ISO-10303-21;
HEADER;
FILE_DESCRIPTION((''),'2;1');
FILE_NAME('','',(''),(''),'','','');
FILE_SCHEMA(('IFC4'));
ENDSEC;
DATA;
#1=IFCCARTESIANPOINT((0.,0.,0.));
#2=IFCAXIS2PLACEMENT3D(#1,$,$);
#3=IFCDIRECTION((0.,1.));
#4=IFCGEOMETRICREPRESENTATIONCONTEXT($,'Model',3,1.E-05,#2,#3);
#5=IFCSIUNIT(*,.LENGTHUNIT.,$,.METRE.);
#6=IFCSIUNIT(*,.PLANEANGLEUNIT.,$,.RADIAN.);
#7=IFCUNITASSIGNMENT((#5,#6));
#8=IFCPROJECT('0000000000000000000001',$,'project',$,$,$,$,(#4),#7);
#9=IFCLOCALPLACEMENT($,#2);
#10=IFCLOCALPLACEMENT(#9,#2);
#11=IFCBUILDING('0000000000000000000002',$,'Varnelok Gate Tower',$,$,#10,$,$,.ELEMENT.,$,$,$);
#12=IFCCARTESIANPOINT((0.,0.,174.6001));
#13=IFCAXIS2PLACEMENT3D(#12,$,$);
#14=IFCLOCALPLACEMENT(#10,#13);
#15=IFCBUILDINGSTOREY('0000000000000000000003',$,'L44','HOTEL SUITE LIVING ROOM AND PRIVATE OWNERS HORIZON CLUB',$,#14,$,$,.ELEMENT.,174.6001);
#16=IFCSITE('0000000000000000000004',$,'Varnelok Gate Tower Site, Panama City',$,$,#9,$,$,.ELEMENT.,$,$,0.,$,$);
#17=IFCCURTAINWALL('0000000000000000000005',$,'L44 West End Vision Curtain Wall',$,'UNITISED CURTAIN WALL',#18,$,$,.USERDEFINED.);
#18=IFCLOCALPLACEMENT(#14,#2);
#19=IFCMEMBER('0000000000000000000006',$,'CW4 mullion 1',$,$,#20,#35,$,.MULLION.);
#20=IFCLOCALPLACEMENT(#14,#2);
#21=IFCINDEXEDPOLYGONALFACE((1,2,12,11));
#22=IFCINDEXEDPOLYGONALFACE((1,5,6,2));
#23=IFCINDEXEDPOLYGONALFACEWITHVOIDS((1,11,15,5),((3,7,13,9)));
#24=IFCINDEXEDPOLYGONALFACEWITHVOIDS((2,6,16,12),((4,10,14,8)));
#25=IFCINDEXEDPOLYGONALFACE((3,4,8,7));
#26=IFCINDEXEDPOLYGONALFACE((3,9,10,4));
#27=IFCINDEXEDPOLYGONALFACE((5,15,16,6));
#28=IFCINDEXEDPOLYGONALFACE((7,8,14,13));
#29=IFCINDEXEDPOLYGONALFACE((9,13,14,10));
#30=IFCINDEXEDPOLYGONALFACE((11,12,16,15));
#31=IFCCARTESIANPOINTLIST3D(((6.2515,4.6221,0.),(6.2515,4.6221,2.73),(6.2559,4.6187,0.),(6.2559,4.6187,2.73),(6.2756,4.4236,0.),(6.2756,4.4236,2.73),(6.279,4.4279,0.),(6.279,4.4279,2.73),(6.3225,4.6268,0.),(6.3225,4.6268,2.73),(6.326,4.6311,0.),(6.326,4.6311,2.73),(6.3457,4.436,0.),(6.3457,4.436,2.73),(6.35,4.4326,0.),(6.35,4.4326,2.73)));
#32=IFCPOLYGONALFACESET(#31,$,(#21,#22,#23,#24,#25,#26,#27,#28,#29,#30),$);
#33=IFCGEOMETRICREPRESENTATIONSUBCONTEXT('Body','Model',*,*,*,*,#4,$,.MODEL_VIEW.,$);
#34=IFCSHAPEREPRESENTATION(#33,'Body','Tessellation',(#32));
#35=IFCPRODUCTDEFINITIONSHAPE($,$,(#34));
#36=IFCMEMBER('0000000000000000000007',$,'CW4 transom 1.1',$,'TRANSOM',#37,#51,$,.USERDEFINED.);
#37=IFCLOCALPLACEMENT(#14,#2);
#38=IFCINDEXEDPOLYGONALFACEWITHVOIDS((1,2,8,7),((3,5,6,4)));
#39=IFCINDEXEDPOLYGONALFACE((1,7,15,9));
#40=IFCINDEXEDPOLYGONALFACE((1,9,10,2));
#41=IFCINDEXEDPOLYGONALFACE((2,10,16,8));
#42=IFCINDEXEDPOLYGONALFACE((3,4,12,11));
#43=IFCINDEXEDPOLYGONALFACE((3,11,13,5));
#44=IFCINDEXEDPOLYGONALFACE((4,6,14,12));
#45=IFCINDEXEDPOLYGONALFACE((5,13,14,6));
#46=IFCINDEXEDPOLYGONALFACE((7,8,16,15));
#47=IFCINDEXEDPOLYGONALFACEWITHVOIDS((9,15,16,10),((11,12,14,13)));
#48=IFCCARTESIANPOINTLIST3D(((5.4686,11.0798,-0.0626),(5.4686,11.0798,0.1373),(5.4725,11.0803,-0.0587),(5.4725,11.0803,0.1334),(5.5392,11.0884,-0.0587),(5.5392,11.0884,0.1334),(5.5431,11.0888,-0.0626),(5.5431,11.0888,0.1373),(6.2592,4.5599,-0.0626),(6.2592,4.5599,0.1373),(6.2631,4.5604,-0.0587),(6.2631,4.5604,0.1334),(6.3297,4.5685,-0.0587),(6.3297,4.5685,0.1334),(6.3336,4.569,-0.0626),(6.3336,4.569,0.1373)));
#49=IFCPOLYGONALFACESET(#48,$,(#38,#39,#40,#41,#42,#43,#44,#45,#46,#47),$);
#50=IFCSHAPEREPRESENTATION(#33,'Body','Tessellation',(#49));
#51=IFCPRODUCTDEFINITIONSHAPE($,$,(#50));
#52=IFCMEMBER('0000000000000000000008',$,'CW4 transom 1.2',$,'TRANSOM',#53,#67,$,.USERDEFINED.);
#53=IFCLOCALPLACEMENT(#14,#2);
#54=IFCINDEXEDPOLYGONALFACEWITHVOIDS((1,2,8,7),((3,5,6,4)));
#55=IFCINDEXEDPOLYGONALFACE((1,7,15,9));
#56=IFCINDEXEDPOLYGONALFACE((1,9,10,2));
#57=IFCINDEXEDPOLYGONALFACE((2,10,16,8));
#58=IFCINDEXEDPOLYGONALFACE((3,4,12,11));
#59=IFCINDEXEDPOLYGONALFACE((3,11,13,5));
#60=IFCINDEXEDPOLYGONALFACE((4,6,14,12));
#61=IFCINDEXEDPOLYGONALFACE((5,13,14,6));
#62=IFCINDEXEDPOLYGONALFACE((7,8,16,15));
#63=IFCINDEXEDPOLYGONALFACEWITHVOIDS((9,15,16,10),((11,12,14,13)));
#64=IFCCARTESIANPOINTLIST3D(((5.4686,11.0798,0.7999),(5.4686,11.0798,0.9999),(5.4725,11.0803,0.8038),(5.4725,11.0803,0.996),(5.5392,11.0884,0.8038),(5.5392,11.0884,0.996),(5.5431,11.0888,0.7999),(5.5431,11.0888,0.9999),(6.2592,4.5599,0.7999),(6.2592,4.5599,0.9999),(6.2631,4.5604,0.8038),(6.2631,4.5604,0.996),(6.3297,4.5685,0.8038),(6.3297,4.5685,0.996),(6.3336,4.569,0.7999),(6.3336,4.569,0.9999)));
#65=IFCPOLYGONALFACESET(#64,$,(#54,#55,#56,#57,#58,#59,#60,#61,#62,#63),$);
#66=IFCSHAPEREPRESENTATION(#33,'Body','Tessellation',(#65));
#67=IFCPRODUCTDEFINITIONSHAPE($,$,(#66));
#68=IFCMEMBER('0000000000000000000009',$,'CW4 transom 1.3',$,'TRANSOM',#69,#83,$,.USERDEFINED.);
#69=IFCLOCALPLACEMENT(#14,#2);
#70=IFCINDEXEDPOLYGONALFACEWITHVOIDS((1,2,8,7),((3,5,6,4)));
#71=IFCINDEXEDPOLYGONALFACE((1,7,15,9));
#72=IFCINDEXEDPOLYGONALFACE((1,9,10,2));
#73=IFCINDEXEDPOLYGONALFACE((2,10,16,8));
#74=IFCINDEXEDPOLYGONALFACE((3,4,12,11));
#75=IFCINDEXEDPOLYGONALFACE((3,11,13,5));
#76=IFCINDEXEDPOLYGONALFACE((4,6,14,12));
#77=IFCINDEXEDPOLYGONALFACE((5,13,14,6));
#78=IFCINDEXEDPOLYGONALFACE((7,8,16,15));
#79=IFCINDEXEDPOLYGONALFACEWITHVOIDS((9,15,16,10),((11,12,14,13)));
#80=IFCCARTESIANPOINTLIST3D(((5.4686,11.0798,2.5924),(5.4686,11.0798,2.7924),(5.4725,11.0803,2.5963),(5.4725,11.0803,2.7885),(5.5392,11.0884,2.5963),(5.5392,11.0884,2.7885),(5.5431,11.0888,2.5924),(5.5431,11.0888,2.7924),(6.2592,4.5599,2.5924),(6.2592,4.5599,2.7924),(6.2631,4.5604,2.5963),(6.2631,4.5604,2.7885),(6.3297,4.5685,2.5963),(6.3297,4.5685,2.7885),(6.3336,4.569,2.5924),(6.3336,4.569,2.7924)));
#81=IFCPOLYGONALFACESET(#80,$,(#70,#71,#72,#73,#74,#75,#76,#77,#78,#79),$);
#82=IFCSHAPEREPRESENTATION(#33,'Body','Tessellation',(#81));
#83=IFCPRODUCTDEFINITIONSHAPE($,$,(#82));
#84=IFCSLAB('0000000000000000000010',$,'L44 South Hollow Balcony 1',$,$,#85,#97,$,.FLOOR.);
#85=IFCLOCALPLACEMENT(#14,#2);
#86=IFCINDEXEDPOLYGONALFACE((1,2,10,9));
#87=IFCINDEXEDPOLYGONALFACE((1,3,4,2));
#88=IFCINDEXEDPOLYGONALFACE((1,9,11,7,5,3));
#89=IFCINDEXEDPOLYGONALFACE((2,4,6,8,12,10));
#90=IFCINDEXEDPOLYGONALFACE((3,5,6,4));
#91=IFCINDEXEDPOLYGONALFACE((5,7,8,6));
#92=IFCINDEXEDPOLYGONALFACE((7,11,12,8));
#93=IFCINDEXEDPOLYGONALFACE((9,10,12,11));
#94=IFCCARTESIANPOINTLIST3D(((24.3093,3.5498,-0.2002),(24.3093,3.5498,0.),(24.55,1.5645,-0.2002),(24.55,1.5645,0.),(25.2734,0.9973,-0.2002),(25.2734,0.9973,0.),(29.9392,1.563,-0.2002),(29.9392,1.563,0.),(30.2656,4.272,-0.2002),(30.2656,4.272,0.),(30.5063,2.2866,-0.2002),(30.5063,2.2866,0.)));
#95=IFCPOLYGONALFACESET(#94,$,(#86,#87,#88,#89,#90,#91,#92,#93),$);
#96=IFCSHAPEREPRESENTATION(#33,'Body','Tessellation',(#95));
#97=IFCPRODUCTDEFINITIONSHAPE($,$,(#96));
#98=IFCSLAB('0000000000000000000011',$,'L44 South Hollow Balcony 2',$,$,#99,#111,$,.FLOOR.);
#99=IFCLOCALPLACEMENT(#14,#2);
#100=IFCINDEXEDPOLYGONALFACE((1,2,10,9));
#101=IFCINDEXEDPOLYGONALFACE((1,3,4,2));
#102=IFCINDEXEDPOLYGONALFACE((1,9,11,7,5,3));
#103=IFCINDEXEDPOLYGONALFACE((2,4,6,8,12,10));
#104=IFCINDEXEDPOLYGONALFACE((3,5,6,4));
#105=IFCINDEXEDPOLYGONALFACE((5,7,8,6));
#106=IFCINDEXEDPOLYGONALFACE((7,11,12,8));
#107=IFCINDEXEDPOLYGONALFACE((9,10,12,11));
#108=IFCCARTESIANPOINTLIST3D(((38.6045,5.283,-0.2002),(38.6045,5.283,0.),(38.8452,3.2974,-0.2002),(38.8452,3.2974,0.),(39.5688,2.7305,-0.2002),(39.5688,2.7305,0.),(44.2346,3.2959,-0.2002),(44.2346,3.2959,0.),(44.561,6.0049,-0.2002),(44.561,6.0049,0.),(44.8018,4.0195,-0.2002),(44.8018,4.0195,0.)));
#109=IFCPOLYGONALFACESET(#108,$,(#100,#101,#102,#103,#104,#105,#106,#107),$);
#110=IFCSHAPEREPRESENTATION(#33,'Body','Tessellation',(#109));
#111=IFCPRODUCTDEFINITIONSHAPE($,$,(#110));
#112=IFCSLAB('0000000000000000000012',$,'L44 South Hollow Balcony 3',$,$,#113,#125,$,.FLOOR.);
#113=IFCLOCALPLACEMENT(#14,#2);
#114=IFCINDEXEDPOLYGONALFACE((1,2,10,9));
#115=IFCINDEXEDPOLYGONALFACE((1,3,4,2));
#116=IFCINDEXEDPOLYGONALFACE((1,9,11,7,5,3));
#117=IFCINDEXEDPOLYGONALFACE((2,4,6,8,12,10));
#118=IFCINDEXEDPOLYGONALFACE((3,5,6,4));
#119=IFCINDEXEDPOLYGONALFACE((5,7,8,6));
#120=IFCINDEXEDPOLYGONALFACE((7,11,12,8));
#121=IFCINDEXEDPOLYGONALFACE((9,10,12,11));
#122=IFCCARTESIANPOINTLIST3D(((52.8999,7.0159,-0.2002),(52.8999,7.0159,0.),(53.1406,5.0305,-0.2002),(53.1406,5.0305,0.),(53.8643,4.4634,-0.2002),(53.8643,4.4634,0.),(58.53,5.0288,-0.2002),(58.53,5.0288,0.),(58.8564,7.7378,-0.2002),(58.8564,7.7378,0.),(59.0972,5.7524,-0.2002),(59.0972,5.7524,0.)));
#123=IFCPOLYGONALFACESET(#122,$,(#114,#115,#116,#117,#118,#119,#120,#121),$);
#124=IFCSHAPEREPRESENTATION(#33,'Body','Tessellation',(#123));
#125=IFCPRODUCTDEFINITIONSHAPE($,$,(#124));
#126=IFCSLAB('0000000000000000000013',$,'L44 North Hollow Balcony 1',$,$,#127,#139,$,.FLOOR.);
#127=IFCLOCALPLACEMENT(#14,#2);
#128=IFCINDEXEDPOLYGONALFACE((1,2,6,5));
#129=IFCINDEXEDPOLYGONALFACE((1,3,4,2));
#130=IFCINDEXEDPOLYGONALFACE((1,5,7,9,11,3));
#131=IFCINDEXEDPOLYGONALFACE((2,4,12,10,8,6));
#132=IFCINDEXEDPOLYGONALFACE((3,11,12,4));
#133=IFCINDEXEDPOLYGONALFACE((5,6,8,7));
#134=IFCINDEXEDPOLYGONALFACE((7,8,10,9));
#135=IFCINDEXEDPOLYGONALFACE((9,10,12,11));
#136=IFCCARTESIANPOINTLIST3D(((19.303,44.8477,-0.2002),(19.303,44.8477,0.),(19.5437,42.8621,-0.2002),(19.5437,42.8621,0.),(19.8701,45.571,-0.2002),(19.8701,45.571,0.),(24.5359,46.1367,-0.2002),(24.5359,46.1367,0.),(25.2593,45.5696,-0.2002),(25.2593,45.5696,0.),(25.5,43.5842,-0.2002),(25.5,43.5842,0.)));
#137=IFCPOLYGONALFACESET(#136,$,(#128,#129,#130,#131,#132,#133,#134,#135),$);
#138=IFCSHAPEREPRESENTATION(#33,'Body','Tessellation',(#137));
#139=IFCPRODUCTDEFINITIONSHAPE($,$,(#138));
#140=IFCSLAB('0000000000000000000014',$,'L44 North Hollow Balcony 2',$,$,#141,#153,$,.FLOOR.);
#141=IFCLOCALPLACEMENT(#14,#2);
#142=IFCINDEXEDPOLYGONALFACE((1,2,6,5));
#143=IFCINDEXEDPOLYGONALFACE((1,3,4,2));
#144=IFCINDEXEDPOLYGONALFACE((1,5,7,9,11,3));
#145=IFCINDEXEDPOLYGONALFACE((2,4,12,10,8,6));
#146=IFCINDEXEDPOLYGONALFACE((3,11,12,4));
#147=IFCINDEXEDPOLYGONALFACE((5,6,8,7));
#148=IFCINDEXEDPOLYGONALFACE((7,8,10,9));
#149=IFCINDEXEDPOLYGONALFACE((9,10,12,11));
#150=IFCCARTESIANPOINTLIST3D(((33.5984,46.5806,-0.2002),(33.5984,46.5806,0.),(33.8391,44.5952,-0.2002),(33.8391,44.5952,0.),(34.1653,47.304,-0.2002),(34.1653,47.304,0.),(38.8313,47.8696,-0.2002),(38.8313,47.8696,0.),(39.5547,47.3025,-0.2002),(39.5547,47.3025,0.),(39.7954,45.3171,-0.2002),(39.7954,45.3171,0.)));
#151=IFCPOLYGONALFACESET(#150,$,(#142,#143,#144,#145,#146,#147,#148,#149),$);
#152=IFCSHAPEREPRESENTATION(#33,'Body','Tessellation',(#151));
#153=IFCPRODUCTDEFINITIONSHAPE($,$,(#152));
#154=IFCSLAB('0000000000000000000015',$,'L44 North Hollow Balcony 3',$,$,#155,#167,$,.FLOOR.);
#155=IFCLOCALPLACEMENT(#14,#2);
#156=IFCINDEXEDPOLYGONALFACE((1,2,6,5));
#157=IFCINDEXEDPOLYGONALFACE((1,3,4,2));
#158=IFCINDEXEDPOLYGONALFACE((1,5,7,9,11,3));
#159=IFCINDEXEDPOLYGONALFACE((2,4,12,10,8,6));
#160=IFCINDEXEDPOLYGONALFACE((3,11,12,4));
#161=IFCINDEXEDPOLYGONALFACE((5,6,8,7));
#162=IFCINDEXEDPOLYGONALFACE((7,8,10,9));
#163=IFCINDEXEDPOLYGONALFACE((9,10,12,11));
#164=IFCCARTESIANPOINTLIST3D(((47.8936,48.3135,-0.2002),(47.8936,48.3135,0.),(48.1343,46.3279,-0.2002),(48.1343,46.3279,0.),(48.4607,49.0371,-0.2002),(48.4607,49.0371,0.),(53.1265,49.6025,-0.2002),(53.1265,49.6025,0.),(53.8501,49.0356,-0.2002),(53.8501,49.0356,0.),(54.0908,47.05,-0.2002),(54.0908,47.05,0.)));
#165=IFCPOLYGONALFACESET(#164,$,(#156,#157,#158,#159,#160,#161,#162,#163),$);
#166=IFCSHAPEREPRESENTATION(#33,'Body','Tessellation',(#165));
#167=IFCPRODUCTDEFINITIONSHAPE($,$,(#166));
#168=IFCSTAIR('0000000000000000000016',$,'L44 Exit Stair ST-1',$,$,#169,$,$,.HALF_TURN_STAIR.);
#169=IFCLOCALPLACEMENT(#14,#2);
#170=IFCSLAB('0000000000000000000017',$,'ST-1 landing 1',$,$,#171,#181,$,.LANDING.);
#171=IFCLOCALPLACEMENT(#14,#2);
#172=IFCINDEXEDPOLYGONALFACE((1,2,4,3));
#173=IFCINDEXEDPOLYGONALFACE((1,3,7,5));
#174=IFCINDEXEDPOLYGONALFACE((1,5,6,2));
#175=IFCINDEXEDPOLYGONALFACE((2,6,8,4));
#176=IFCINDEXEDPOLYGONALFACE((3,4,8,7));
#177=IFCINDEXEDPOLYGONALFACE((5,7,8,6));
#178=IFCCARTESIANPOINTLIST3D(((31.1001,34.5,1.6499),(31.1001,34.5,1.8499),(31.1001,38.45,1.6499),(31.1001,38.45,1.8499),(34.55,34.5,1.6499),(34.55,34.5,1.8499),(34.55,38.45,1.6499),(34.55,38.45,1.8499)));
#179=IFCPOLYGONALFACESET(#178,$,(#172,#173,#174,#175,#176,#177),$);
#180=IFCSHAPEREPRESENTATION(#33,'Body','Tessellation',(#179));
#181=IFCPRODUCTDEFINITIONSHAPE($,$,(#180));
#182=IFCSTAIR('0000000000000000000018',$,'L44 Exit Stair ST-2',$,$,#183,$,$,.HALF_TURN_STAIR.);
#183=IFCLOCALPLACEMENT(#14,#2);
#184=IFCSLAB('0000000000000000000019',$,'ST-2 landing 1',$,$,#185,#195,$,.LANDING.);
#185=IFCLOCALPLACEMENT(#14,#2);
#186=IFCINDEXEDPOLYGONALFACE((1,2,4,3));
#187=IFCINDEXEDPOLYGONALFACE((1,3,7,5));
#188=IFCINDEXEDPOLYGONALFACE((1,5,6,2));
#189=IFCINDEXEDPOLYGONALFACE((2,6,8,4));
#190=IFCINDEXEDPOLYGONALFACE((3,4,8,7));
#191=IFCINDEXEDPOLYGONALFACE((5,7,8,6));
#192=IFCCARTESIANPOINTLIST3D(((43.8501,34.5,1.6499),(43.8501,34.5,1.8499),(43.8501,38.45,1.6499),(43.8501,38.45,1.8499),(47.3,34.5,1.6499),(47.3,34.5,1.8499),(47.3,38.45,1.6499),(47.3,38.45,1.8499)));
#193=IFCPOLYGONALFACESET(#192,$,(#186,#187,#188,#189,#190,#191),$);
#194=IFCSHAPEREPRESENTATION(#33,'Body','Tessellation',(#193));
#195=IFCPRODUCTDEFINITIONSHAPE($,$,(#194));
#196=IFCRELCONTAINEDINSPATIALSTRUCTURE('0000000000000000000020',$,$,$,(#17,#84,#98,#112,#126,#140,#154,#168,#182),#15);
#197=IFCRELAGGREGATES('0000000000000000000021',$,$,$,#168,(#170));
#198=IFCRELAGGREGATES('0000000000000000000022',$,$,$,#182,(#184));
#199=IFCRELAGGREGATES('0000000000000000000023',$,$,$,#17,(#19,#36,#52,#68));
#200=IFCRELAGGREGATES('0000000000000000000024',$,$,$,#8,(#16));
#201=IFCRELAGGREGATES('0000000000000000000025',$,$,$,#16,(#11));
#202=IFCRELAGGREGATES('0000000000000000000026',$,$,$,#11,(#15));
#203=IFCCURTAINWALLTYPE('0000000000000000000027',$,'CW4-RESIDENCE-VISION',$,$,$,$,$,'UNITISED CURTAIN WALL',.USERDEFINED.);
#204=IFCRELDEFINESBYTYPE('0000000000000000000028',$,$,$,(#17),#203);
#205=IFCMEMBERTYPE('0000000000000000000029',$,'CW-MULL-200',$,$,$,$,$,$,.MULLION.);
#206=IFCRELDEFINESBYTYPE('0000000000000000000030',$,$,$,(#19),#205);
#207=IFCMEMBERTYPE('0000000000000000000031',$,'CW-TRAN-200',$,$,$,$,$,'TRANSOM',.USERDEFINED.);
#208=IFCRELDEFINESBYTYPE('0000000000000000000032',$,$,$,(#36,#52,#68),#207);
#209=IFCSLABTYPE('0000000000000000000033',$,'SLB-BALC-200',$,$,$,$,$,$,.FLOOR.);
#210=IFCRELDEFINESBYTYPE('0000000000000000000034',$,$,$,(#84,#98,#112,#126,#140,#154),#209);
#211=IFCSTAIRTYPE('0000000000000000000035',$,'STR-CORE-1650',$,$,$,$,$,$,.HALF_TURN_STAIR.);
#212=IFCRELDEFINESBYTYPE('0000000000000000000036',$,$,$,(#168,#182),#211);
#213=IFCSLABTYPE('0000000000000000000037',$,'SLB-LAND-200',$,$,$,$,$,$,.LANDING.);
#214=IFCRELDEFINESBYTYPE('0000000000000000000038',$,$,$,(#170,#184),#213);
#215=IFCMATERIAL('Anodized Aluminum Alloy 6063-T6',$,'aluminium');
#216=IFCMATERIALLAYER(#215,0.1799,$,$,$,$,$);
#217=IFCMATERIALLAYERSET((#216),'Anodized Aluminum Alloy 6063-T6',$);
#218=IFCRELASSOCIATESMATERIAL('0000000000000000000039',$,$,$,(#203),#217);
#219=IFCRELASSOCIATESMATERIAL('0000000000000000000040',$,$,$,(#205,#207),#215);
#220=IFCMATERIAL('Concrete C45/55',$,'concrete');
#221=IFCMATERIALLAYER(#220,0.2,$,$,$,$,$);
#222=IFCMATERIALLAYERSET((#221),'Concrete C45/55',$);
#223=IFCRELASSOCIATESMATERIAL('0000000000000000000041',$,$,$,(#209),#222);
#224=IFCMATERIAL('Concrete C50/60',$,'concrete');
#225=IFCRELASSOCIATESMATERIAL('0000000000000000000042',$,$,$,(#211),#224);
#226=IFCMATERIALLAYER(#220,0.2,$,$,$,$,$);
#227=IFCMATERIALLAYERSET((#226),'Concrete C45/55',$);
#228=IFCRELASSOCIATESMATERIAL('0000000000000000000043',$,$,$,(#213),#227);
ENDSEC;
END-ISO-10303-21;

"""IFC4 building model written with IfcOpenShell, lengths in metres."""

from ifc_helpers import new_model, si_unit, direction, frame, origin, origin_2d, place, context, subcontext, project, spatial, polyline, hollow_rectangle, outline, extrude, material, layer, layer_set, material_profile, profile_set, type_object, element, aggregate, save


model = new_model("IFC4")

# Units and contexts
model_context = context("Model", 3, precision=1e-05, world=origin(), true_north=direction((0.0, 1.0)))
body_context = subcontext(model_context, "Body", "Model", "MODEL_VIEW")
ifc_project = project(units=[si_unit("LENGTHUNIT", "METRE"), si_unit("PLANEANGLEUNIT", "RADIAN")], contexts=[model_context])

# Site, building, storey
site_placement = place(None, origin())
site = spatial("IfcSite", under=ifc_project, at=site_placement, Name="Varnelok Gate Tower Site, Panama City", CompositionType="ELEMENT", RefElevation=0.0)
building_placement = place(site_placement, origin())
building = spatial("IfcBuilding", under=site, at=building_placement, Name="Varnelok Gate Tower", CompositionType="ELEMENT")
storey_placement = place(building_placement, frame((0.0, 0.0, 174.6001)))
storey = spatial("IfcBuildingStorey", under=building, at=storey_placement, Name="L44", Description="HOTEL SUITE LIVING ROOM AND PRIVATE OWNERS HORIZON CLUB", CompositionType="ELEMENT", Elevation=174.6001)

# Curtain wall, members
ifc_material_1 = material(Name="Anodized Aluminum Alloy 6063-T6", Category="aluminium")
ifc_layer_1 = layer(ifc_material_1, 0.1799)
ifc_layer_set_1 = layer_set([ifc_layer_1], Name="Anodized Aluminum Alloy 6063-T6")
curtain_wall_type = type_object("IfcCurtainWallType", Name="CW4-RESIDENCE-VISION", ElementType="UNITISED CURTAIN WALL", PredefinedType="USERDEFINED", material=ifc_layer_set_1)
curtain_wall_placement = place(storey_placement, origin())
curtain_wall = element("IfcCurtainWall", 1, at=curtain_wall_placement, inside=storey, type_object=curtain_wall_type, Name="L44 West End Vision Curtain Wall", ObjectType="UNITISED CURTAIN WALL", PredefinedType="USERDEFINED")
ifc_material_profile_1 = material_profile(ifc_material_1, hollow_rectangle(XDim=0.075, YDim=0.2, WallThickness=0.0039, at=origin_2d()), Name="ALU200X75X4")
ifc_profile_set_1 = profile_set([ifc_material_profile_1], Name="Anodized Aluminum Alloy 6063-T6")
member_type_1 = type_object("IfcMemberType", Name="CW-MULL-200", PredefinedType="MULLION", material=ifc_profile_set_1)
member_1_placement = place(storey_placement, frame((6.3008, 4.5273, 0.0), z_axis=(0.0, 0.0, 1.0), x_axis=(-0.992732, -0.120345, 0.0)))
member_1 = element("IfcMember", 2, at=member_1_placement, type_object=member_type_1, Name="CW4 mullion 1", PredefinedType="MULLION", context=body_context, shape_type="SweptSolid", body=[
    extrude(hollow_rectangle(XDim=0.075, YDim=0.2, WallThickness=0.0039, at=origin_2d()), origin(), (0.0, 0.0, 1.0), 2.73),
])
ifc_material_profile_2 = material_profile(ifc_material_1, hollow_rectangle(XDim=0.075, YDim=0.2, WallThickness=0.0039, at=origin_2d()), Name="ALU200X75X4")
ifc_profile_set_2 = profile_set([ifc_material_profile_2], Name="Anodized Aluminum Alloy 6063-T6")
member_type_2 = type_object("IfcMemberType", Name="CW-TRAN-200", ElementType="TRANSOM", PredefinedType="USERDEFINED", material=ifc_profile_set_2)
member_2_placement = place(storey_placement, frame((6.2964, 4.5645, 0.0374), z_axis=(-0.120369, 0.992729, 0.0), x_axis=(-0.992729, -0.120369, 0.0)))
member_2 = element("IfcMember", 3, at=member_2_placement, type_object=member_type_2, Name="CW4 transom 1.1", ObjectType="TRANSOM", PredefinedType="USERDEFINED", context=body_context, shape_type="SweptSolid", body=[
    extrude(hollow_rectangle(XDim=0.075, YDim=0.2, WallThickness=0.0039, at=origin_2d()), origin(), (0.0, 0.0, 1.0), 6.5676),
])
member_3_placement = place(storey_placement, frame((6.2964, 4.5645, 0.8999), z_axis=(-0.120369, 0.992729, 0.0), x_axis=(-0.992729, -0.120369, 0.0)))
member_3 = element("IfcMember", 4, at=member_3_placement, type_object=member_type_2, Name="CW4 transom 1.2", ObjectType="TRANSOM", PredefinedType="USERDEFINED", context=body_context, shape_type="SweptSolid", body=[
    extrude(hollow_rectangle(XDim=0.075, YDim=0.2, WallThickness=0.0039, at=origin_2d()), origin(), (0.0, 0.0, 1.0), 6.5676),
])
member_4_placement = place(storey_placement, frame((6.2964, 4.5645, 2.6924), z_axis=(-0.120369, 0.992729, 0.0), x_axis=(-0.992729, -0.120369, 0.0)))
member_4 = element("IfcMember", 5, at=member_4_placement, type_object=member_type_2, Name="CW4 transom 1.3", ObjectType="TRANSOM", PredefinedType="USERDEFINED", context=body_context, shape_type="SweptSolid", body=[
    extrude(hollow_rectangle(XDim=0.075, YDim=0.2, WallThickness=0.0039, at=origin_2d()), origin(), (0.0, 0.0, 1.0), 6.5676),
])

# Slabs
ifc_material_2 = material(Name="Concrete C45/55", Category="concrete")
ifc_layer_2 = layer(ifc_material_2, 0.2)
ifc_layer_set_2 = layer_set([ifc_layer_2], Name="Concrete C45/55")
slab_type_1 = type_object("IfcSlabType", Name="SLB-BALC-200", PredefinedType="FLOOR", material=ifc_layer_set_2)
slab_1_placement = place(storey_placement, frame((0.0, 0.0, -0.2002)))
element("IfcSlab", 6, at=slab_1_placement, inside=storey, type_object=slab_type_1, Name="L44 South Hollow Balcony 1", PredefinedType="FLOOR", context=body_context, shape_type="SweptSolid", body=[
    extrude(outline(polyline([(24.55, 1.5645), (25.2734, 0.9973), (29.9392, 1.563), (30.5063, 2.2866), (30.2656, 4.272), (24.3093, 3.5498), (24.55, 1.5645)])), origin(), (0.0, 0.0, 1.0), 0.2002),
])
slab_2_placement = place(storey_placement, frame((0.0, 0.0, -0.2002)))
element("IfcSlab", 7, at=slab_2_placement, inside=storey, type_object=slab_type_1, Name="L44 South Hollow Balcony 2", PredefinedType="FLOOR", context=body_context, shape_type="SweptSolid", body=[
    extrude(outline(polyline([(38.8452, 3.2974), (39.5688, 2.7305), (44.2346, 3.2959), (44.8018, 4.0195), (44.561, 6.0049), (38.6045, 5.283), (38.8452, 3.2974)])), origin(), (0.0, 0.0, 1.0), 0.2002),
])
slab_3_placement = place(storey_placement, frame((0.0, 0.0, -0.2002)))
element("IfcSlab", 8, at=slab_3_placement, inside=storey, type_object=slab_type_1, Name="L44 South Hollow Balcony 3", PredefinedType="FLOOR", context=body_context, shape_type="SweptSolid", body=[
    extrude(outline(polyline([(53.1406, 5.0305), (53.8643, 4.4634), (58.53, 5.0288), (59.0972, 5.7524), (58.8564, 7.7378), (52.8999, 7.0159), (53.1406, 5.0305)])), origin(), (0.0, 0.0, 1.0), 0.2002),
])
slab_4_placement = place(storey_placement, frame((0.0, 0.0, -0.2002)))
element("IfcSlab", 9, at=slab_4_placement, inside=storey, type_object=slab_type_1, Name="L44 North Hollow Balcony 1", PredefinedType="FLOOR", context=body_context, shape_type="SweptSolid", body=[
    extrude(outline(polyline([(19.5437, 42.8621), (25.5, 43.5842), (25.2593, 45.5696), (24.5359, 46.1367), (19.8701, 45.571), (19.303, 44.8477), (19.5437, 42.8621)])), origin(), (0.0, 0.0, 1.0), 0.2002),
])
slab_5_placement = place(storey_placement, frame((0.0, 0.0, -0.2002)))
element("IfcSlab", 10, at=slab_5_placement, inside=storey, type_object=slab_type_1, Name="L44 North Hollow Balcony 2", PredefinedType="FLOOR", context=body_context, shape_type="SweptSolid", body=[
    extrude(outline(polyline([(33.8391, 44.5952), (39.7954, 45.3171), (39.5547, 47.3025), (38.8313, 47.8696), (34.1653, 47.304), (33.5984, 46.5806), (33.8391, 44.5952)])), origin(), (0.0, 0.0, 1.0), 0.2002),
])
slab_6_placement = place(storey_placement, frame((0.0, 0.0, -0.2002)))
element("IfcSlab", 11, at=slab_6_placement, inside=storey, type_object=slab_type_1, Name="L44 North Hollow Balcony 3", PredefinedType="FLOOR", context=body_context, shape_type="SweptSolid", body=[
    extrude(outline(polyline([(48.1343, 46.3279), (54.0908, 47.05), (53.8501, 49.0356), (53.1265, 49.6025), (48.4607, 49.0371), (47.8936, 48.3135), (48.1343, 46.3279)])), origin(), (0.0, 0.0, 1.0), 0.2002),
])

# Stairs, slabs
ifc_material_3 = material(Name="Concrete C50/60", Category="concrete")
stair_type = type_object("IfcStairType", Name="STR-CORE-1650", PredefinedType="HALF_TURN_STAIR", material=ifc_material_3)
stair_1_placement = place(storey_placement, origin())
stair_1 = element("IfcStair", 12, at=stair_1_placement, inside=storey, type_object=stair_type, Name="L44 Exit Stair ST-1", PredefinedType="HALF_TURN_STAIR")
ifc_layer_3 = layer(ifc_material_2, 0.2)
ifc_layer_set_3 = layer_set([ifc_layer_3], Name="Concrete C45/55")
slab_type_2 = type_object("IfcSlabType", Name="SLB-LAND-200", PredefinedType="LANDING", material=ifc_layer_set_3)
slab_7_placement = place(storey_placement, frame((0.0, 0.0, 1.6499)))
slab_7 = element("IfcSlab", 13, at=slab_7_placement, type_object=slab_type_2, Name="ST-1 landing 1", PredefinedType="LANDING", context=body_context, shape_type="SweptSolid", body=[
    extrude(outline(polyline([(34.55, 34.5), (34.55, 38.45), (31.1001, 38.45), (31.1001, 34.5), (34.55, 34.5)])), origin(), (0.0, 0.0, 1.0), 0.2),
])
aggregate(stair_1, [slab_7])
stair_2_placement = place(storey_placement, origin())
stair_2 = element("IfcStair", 14, at=stair_2_placement, inside=storey, type_object=stair_type, Name="L44 Exit Stair ST-2", PredefinedType="HALF_TURN_STAIR")
slab_8_placement = place(storey_placement, frame((0.0, 0.0, 1.6499)))
slab_8 = element("IfcSlab", 15, at=slab_8_placement, type_object=slab_type_2, Name="ST-2 landing 1", PredefinedType="LANDING", context=body_context, shape_type="SweptSolid", body=[
    extrude(outline(polyline([(47.3, 34.5), (47.3, 38.45), (43.8501, 38.45), (43.8501, 34.5), (47.3, 34.5)])), origin(), (0.0, 0.0, 1.0), 0.2),
])
aggregate(stair_2, [slab_8])

aggregate(curtain_wall, [member_1, member_2, member_3, member_4])

save(model, "model.ifc")
